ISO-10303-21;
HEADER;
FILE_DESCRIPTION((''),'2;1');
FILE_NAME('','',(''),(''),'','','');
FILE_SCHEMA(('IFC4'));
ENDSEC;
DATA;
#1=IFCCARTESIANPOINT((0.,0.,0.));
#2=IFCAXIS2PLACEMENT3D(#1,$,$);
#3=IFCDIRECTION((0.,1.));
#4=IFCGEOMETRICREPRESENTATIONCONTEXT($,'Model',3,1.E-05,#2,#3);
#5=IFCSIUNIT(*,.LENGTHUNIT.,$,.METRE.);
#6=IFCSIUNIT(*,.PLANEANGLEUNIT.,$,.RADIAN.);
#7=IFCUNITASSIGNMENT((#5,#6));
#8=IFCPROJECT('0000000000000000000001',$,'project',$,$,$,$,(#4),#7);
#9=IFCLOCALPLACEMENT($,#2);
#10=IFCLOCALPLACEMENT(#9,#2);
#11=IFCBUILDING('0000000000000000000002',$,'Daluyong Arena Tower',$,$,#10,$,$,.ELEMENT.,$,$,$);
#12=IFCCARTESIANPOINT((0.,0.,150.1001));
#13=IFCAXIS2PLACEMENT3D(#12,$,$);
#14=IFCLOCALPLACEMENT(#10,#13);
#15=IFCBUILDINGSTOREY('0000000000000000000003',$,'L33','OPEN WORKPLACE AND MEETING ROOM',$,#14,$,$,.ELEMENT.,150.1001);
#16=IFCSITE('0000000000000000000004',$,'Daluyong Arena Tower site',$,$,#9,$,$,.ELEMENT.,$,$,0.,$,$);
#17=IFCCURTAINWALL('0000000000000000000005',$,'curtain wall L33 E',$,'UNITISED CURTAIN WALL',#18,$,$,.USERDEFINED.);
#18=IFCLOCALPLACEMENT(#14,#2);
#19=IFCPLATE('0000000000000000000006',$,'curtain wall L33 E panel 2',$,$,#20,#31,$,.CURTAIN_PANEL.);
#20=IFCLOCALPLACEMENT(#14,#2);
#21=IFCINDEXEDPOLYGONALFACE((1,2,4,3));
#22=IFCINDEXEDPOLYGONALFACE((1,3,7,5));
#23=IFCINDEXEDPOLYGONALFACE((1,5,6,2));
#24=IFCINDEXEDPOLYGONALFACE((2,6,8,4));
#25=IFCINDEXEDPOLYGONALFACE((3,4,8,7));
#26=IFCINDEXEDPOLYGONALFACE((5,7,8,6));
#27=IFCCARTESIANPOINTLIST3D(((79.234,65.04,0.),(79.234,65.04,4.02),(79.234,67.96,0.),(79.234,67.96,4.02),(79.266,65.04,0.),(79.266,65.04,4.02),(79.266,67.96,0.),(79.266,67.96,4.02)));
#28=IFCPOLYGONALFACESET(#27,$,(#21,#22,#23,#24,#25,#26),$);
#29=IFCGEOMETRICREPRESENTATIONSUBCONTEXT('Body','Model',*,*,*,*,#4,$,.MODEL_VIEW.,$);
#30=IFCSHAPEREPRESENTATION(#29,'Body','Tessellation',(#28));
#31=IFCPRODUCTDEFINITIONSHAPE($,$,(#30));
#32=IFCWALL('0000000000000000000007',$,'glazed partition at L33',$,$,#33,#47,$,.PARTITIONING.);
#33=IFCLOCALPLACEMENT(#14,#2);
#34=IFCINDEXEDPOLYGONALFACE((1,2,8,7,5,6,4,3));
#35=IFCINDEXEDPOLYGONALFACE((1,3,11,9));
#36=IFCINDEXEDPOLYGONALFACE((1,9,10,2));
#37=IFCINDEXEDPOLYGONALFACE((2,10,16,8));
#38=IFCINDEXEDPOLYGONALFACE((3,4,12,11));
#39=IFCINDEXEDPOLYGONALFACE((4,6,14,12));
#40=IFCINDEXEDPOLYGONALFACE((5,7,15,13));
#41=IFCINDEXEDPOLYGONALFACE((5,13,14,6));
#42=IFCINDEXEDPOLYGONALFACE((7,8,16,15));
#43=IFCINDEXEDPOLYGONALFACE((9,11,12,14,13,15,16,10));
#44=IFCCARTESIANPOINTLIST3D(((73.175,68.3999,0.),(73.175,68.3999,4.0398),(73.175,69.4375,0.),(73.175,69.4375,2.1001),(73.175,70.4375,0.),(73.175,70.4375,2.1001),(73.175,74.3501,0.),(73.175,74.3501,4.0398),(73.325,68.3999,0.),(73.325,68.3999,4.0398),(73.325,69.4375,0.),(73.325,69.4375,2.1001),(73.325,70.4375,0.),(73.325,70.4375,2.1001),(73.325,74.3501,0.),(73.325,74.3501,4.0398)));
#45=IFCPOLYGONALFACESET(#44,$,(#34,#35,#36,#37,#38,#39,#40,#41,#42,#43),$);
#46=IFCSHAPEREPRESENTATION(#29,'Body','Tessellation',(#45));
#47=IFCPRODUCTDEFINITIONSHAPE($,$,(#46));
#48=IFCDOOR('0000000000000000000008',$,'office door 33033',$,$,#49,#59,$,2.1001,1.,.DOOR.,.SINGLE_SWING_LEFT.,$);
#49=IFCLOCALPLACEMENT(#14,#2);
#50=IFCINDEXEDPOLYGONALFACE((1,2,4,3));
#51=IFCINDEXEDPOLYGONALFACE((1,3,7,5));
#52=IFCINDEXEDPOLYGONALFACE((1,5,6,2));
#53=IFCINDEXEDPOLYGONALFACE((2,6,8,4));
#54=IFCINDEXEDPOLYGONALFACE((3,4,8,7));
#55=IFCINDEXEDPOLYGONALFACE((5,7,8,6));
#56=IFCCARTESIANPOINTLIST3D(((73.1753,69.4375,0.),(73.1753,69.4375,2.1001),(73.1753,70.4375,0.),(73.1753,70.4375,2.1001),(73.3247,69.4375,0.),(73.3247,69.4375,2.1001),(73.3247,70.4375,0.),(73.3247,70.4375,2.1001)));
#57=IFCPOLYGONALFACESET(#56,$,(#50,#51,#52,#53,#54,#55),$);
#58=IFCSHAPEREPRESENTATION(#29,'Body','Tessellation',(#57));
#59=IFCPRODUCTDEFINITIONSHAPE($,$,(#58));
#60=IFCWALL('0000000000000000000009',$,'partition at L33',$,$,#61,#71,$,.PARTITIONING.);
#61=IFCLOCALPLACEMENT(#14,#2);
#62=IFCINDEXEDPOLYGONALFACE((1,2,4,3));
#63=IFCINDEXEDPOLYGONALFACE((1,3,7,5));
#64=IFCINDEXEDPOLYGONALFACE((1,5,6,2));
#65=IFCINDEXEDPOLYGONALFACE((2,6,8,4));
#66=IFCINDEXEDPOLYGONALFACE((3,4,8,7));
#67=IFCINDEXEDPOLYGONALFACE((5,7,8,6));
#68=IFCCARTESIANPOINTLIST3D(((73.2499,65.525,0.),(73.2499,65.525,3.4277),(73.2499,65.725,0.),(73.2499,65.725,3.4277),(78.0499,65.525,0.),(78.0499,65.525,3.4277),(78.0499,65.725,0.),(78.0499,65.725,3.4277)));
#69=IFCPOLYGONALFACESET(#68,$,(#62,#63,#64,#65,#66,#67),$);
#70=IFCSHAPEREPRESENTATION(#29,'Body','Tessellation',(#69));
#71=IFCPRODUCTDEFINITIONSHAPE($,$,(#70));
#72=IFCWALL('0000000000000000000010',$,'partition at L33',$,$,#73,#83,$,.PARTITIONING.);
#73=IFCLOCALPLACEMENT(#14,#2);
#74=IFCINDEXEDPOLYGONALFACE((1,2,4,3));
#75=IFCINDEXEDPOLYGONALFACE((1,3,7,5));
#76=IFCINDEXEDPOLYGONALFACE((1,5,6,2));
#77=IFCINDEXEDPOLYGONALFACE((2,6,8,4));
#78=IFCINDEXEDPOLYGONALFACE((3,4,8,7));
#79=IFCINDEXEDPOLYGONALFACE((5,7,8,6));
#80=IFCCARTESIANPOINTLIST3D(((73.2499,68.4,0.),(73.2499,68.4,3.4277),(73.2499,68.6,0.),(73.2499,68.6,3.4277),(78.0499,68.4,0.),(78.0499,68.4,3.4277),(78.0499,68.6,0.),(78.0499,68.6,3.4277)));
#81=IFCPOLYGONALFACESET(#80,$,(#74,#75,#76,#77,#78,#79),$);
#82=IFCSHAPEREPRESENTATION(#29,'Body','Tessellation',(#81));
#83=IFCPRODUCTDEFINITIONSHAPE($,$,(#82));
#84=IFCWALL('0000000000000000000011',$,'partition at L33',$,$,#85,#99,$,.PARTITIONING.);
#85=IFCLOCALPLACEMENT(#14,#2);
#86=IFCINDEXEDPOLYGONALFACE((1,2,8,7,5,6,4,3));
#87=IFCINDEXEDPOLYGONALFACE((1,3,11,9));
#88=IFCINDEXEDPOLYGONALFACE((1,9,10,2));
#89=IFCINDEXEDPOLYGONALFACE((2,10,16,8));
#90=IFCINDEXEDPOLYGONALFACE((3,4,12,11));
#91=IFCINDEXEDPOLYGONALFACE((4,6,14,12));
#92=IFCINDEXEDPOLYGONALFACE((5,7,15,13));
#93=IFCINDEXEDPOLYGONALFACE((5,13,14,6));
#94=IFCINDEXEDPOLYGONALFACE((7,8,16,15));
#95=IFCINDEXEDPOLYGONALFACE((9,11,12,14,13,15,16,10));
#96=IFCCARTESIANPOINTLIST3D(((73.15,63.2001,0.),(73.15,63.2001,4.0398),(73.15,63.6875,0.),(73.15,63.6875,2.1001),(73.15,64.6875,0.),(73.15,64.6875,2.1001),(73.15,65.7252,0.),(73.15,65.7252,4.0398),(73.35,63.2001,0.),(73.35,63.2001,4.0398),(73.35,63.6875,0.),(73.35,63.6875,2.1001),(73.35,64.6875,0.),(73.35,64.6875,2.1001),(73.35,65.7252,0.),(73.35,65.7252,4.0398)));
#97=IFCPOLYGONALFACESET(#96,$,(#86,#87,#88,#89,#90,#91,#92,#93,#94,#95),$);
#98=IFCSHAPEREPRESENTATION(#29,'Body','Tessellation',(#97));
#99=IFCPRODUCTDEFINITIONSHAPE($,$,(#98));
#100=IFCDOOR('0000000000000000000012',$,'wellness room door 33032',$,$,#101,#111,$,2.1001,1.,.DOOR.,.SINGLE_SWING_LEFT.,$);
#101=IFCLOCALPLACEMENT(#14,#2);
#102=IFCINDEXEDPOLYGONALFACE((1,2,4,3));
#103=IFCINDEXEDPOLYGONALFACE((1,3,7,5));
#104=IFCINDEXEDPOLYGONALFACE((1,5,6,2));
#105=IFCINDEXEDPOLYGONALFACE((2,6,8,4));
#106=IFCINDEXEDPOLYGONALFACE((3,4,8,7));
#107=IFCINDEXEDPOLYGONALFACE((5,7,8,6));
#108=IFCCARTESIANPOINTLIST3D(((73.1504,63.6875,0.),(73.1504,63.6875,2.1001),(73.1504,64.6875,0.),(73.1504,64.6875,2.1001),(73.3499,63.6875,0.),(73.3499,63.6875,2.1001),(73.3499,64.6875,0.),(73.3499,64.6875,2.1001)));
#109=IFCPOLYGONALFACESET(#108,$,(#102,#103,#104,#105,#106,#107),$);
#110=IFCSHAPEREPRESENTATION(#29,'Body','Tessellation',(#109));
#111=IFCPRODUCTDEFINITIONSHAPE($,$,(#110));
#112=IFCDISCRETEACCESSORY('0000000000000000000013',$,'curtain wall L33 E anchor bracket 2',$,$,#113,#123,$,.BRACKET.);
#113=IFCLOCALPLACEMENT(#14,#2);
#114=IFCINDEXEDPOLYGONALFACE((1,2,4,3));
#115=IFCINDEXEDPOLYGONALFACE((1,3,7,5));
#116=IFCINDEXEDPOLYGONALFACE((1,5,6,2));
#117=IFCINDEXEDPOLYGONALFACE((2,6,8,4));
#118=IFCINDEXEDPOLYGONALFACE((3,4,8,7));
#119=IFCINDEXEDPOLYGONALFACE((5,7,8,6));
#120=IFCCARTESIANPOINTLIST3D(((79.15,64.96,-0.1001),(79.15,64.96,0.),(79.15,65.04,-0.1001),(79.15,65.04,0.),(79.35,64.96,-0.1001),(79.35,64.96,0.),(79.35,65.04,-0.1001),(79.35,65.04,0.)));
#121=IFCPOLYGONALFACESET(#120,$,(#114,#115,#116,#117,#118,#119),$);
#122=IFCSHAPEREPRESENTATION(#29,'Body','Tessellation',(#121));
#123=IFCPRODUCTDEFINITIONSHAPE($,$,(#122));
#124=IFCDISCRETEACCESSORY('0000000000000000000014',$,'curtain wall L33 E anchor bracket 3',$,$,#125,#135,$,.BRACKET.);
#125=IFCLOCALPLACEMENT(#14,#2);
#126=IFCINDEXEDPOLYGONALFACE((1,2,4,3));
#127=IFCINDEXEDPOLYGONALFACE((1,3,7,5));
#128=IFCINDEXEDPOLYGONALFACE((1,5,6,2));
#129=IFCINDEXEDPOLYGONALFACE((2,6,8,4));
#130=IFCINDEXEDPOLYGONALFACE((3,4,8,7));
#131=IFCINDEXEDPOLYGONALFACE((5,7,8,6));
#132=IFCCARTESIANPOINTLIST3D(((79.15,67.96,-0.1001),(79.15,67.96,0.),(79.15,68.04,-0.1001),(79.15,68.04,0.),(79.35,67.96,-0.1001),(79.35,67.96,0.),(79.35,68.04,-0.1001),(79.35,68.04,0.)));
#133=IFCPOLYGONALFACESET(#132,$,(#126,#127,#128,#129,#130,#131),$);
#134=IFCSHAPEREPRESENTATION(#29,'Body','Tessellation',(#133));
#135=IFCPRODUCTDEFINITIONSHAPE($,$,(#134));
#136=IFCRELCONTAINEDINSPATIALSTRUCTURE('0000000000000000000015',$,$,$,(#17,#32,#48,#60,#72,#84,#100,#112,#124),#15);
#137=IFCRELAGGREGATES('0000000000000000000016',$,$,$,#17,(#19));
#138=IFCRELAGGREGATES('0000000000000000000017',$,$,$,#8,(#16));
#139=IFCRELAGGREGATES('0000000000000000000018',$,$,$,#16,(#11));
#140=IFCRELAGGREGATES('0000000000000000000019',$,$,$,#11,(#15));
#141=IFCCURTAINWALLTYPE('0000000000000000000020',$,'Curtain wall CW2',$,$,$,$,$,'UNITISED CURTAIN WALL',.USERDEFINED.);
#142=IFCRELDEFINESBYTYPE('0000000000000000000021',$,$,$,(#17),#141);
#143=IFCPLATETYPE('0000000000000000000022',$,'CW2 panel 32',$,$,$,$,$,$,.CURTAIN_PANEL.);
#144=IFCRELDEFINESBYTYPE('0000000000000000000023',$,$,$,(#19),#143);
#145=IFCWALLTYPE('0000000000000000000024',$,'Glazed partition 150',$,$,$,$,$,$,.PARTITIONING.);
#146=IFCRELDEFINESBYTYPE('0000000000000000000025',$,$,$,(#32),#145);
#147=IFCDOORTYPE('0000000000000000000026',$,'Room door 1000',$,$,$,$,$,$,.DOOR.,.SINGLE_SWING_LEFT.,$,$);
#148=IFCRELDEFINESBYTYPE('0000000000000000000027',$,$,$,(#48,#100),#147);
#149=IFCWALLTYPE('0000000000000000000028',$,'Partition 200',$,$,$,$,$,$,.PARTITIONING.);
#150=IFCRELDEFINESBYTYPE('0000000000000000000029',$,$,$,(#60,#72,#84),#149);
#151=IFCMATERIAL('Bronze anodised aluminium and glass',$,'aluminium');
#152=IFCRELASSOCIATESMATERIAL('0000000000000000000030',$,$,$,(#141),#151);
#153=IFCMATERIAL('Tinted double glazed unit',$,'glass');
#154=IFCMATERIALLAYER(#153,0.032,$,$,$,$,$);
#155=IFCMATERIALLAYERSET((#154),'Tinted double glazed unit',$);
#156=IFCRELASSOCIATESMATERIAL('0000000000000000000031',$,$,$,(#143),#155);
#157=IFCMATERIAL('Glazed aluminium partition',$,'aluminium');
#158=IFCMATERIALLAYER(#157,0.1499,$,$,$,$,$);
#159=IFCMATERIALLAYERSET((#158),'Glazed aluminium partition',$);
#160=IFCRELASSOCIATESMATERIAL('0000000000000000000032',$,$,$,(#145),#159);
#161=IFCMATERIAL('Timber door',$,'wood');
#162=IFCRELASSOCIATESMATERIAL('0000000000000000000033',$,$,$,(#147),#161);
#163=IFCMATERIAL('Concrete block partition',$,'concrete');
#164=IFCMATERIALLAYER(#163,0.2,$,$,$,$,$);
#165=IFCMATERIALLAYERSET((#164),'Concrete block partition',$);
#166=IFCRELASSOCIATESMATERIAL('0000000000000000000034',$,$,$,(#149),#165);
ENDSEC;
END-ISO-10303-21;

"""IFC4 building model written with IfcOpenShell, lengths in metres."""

from ifc_helpers import new_model, si_unit, direction, frame, frame_2d, origin, origin_2d, place, context, subcontext, project, spatial, rectangle, extrude, material, layer, layer_set, type_object, element, fill, aggregate, save


model = new_model("IFC4")

# Units and contexts
model_context = context("Model", 3, precision=1e-05, world=origin(), true_north=direction((0.0, 1.0)))
body_context = subcontext(model_context, "Body", "Model", "MODEL_VIEW")
ifc_project = project(units=[si_unit("LENGTHUNIT", "METRE"), si_unit("PLANEANGLEUNIT", "RADIAN")], contexts=[model_context])

# Site, building, storey
site_placement = place(None, origin())
site = spatial("IfcSite", under=ifc_project, at=site_placement, Name="Daluyong Arena Tower site", CompositionType="ELEMENT", RefElevation=0.0)
building_placement = place(site_placement, origin())
building = spatial("IfcBuilding", under=site, at=building_placement, Name="Daluyong Arena Tower", CompositionType="ELEMENT")
storey_placement = place(building_placement, frame((0.0, 0.0, 150.1001)))
storey = spatial("IfcBuildingStorey", under=building, at=storey_placement, Name="L33", Description="OPEN WORKPLACE AND MEETING ROOM", CompositionType="ELEMENT", Elevation=150.1001)

# Curtain wall
ifc_material_1 = material(Name="Bronze anodised aluminium and glass", Category="aluminium")
curtain_wall_type = type_object("IfcCurtainWallType", Name="Curtain wall CW2", ElementType="UNITISED CURTAIN WALL", PredefinedType="USERDEFINED", material=ifc_material_1)
curtain_wall_placement = place(storey_placement, origin())
curtain_wall = element("IfcCurtainWall", 1, at=curtain_wall_placement, inside=storey, type_object=curtain_wall_type, Name="curtain wall L33 E", ObjectType="UNITISED CURTAIN WALL", PredefinedType="USERDEFINED")

# Plate
ifc_material_2 = material(Name="Tinted double glazed unit", Category="glass")
ifc_layer_1 = layer(ifc_material_2, 0.032)
ifc_layer_set_1 = layer_set([ifc_layer_1], Name="Tinted double glazed unit")
plate_type = type_object("IfcPlateType", Name="CW2 panel 32", PredefinedType="CURTAIN_PANEL", material=ifc_layer_set_1)
plate_1_placement = place(storey_placement, frame((79.25, 66.5, 0.0), z_axis=(0.0, 0.0, 1.0), x_axis=(0.0, 1.0, 0.0)))
plate_1 = element("IfcPlate", 2, at=plate_1_placement, type_object=plate_type, Name="curtain wall L33 E panel 2", PredefinedType="CURTAIN_PANEL", context=body_context, shape_type="SweptSolid", body=[
    extrude(rectangle(XDim=2.9199, YDim=0.032, at=origin_2d()), origin(), (0.0, 0.0, 1.0), 4.02),
])
aggregate(curtain_wall, [plate_1])

# Wall, opening, door
ifc_material_3 = material(Name="Glazed aluminium partition", Category="aluminium")
ifc_layer_2 = layer(ifc_material_3, 0.1499)
ifc_layer_set_2 = layer_set([ifc_layer_2], Name="Glazed aluminium partition")
wall_type_1 = type_object("IfcWallType", Name="Glazed partition 150", PredefinedType="PARTITIONING", material=ifc_layer_set_2)
wall_1_placement = place(storey_placement, frame((73.25, 68.3999, 0.0), z_axis=(0.0, 0.0, 1.0), x_axis=(0.0, 1.0, 0.0)))
wall_1 = element("IfcWall", 3, at=wall_1_placement, inside=storey, type_object=wall_type_1, Name="glazed partition at L33", PredefinedType="PARTITIONING", context=body_context, shape_type="SweptSolid", body=[
    extrude(rectangle(XDim=5.9502, YDim=0.1499, at=frame_2d((2.9751, 0.0))), origin(), (0.0, 0.0, 1.0), 4.0398),
])
opening_1_placement = place(wall_1_placement, frame((1.0376, 0.0, 0.0)))
opening_1 = element("IfcOpeningElement", 4, at=opening_1_placement, cuts=wall_1, PredefinedType="OPENING", context=body_context, shape_type="SweptSolid", body=[
    extrude(rectangle(XDim=1.0, YDim=2.1001, at=frame_2d((0.5, 1.05))), frame((0.0, 0.085, 0.0), z_axis=(0.0, -1.0, 0.0), x_axis=(1.0, 0.0, 0.0)), (0.0, 0.0, 1.0), 0.1699),
])
ifc_material_4 = material(Name="Timber door", Category="wood")
door_type = type_object("IfcDoorType", Name="Room door 1000", OperationType="SINGLE_SWING_LEFT", PredefinedType="DOOR", material=ifc_material_4)
door_1_placement = place(opening_1_placement, origin())
door_1 = element("IfcDoor", 5, at=door_1_placement, inside=storey, type_object=door_type, Name="office door 33033", OperationType="SINGLE_SWING_LEFT", OverallHeight=2.1001, OverallWidth=1.0, PredefinedType="DOOR", context=body_context, shape_type="SweptSolid", body=[
    extrude(rectangle(XDim=1.0, YDim=2.1001, at=frame_2d((0.5, 1.05))), frame((0.0, 0.0747, 0.0), z_axis=(0.0, -1.0, 0.0), x_axis=(1.0, 0.0, 0.0)), (0.0, 0.0, 1.0), 0.1494),
])
fill(opening_1, door_1)

# Walls
ifc_material_5 = material(Name="Concrete block partition", Category="concrete")
ifc_layer_3 = layer(ifc_material_5, 0.2)
ifc_layer_set_3 = layer_set([ifc_layer_3], Name="Concrete block partition")
wall_type_2 = type_object("IfcWallType", Name="Partition 200", PredefinedType="PARTITIONING", material=ifc_layer_set_3)
for number, where, z_axis, x_axis, name in (
    (6, (73.25, 65.625, 0.0), (0.0, 0.0, 1.0), (1.0, 0.0, 0.0), "partition at L33"),
    (7, (73.25, 68.5, 0.0), (0.0, 0.0, 1.0), (1.0, 0.0, 0.0), "partition at L33"),
):
    element("IfcWall", number, at=place(storey_placement, frame(where, z_axis=z_axis, x_axis=x_axis)), inside=storey, type_object=wall_type_2, Name=name, PredefinedType="PARTITIONING", context=body_context, shape_type="SweptSolid", body=[
        extrude(rectangle(XDim=4.8, YDim=0.2, at=frame_2d((2.3999, 0.0))), origin(), (0.0, 0.0, 1.0), 3.4277),
    ])

# Wall, opening, door
wall_2_placement = place(storey_placement, frame((73.25, 63.2, 0.0), z_axis=(0.0, 0.0, 1.0), x_axis=(0.0, 1.0, 0.0)))
wall_2 = element("IfcWall", 8, at=wall_2_placement, inside=storey, type_object=wall_type_2, Name="partition at L33", PredefinedType="PARTITIONING", context=body_context, shape_type="SweptSolid", body=[
    extrude(rectangle(XDim=2.5251, YDim=0.2, at=frame_2d((1.2627, 0.0))), origin(), (0.0, 0.0, 1.0), 4.0398),
])
opening_2_placement = place(wall_2_placement, frame((0.4875, 0.0, 0.0)))
opening_2 = element("IfcOpeningElement", 9, at=opening_2_placement, cuts=wall_2, PredefinedType="OPENING", context=body_context, shape_type="SweptSolid", body=[
    extrude(rectangle(XDim=1.0, YDim=2.1001, at=frame_2d((0.5, 1.05))), frame((0.0, 0.1099, 0.0), z_axis=(0.0, -1.0, 0.0), x_axis=(1.0, 0.0, 0.0)), (0.0, 0.0, 1.0), 0.22),
])
door_2_placement = place(opening_2_placement, origin())
door_2 = element("IfcDoor", 10, at=door_2_placement, inside=storey, type_object=door_type, Name="wellness room door 33032", OperationType="SINGLE_SWING_LEFT", OverallHeight=2.1001, OverallWidth=1.0, PredefinedType="DOOR", context=body_context, shape_type="SweptSolid", body=[
    extrude(rectangle(XDim=1.0, YDim=2.1001, at=frame_2d((0.5, 1.05))), frame((0.0, 0.0996, 0.0), z_axis=(0.0, -1.0, 0.0), x_axis=(1.0, 0.0, 0.0)), (0.0, 0.0, 1.0), 0.1995),
])
fill(opening_2, door_2)

# Discrete accessories
for number, where, z_axis, x_axis, name in (
    (11, (79.25, 65.0, -0.1001), (0.0, 0.0, 1.0), (0.0, 1.0, 0.0), "curtain wall L33 E anchor bracket 2"),
    (12, (79.25, 68.0, -0.1001), (0.0, 0.0, 1.0), (0.0, 1.0, 0.0), "curtain wall L33 E anchor bracket 3"),
):
    element("IfcDiscreteAccessory", number, at=place(storey_placement, frame(where, z_axis=z_axis, x_axis=x_axis)), inside=storey, Name=name, PredefinedType="BRACKET", context=body_context, shape_type="SweptSolid", body=[
        extrude(rectangle(XDim=0.0801, YDim=0.2, at=origin_2d()), origin(), (0.0, 0.0, 1.0), 0.1001),
    ])

save(model, "model.ifc")
